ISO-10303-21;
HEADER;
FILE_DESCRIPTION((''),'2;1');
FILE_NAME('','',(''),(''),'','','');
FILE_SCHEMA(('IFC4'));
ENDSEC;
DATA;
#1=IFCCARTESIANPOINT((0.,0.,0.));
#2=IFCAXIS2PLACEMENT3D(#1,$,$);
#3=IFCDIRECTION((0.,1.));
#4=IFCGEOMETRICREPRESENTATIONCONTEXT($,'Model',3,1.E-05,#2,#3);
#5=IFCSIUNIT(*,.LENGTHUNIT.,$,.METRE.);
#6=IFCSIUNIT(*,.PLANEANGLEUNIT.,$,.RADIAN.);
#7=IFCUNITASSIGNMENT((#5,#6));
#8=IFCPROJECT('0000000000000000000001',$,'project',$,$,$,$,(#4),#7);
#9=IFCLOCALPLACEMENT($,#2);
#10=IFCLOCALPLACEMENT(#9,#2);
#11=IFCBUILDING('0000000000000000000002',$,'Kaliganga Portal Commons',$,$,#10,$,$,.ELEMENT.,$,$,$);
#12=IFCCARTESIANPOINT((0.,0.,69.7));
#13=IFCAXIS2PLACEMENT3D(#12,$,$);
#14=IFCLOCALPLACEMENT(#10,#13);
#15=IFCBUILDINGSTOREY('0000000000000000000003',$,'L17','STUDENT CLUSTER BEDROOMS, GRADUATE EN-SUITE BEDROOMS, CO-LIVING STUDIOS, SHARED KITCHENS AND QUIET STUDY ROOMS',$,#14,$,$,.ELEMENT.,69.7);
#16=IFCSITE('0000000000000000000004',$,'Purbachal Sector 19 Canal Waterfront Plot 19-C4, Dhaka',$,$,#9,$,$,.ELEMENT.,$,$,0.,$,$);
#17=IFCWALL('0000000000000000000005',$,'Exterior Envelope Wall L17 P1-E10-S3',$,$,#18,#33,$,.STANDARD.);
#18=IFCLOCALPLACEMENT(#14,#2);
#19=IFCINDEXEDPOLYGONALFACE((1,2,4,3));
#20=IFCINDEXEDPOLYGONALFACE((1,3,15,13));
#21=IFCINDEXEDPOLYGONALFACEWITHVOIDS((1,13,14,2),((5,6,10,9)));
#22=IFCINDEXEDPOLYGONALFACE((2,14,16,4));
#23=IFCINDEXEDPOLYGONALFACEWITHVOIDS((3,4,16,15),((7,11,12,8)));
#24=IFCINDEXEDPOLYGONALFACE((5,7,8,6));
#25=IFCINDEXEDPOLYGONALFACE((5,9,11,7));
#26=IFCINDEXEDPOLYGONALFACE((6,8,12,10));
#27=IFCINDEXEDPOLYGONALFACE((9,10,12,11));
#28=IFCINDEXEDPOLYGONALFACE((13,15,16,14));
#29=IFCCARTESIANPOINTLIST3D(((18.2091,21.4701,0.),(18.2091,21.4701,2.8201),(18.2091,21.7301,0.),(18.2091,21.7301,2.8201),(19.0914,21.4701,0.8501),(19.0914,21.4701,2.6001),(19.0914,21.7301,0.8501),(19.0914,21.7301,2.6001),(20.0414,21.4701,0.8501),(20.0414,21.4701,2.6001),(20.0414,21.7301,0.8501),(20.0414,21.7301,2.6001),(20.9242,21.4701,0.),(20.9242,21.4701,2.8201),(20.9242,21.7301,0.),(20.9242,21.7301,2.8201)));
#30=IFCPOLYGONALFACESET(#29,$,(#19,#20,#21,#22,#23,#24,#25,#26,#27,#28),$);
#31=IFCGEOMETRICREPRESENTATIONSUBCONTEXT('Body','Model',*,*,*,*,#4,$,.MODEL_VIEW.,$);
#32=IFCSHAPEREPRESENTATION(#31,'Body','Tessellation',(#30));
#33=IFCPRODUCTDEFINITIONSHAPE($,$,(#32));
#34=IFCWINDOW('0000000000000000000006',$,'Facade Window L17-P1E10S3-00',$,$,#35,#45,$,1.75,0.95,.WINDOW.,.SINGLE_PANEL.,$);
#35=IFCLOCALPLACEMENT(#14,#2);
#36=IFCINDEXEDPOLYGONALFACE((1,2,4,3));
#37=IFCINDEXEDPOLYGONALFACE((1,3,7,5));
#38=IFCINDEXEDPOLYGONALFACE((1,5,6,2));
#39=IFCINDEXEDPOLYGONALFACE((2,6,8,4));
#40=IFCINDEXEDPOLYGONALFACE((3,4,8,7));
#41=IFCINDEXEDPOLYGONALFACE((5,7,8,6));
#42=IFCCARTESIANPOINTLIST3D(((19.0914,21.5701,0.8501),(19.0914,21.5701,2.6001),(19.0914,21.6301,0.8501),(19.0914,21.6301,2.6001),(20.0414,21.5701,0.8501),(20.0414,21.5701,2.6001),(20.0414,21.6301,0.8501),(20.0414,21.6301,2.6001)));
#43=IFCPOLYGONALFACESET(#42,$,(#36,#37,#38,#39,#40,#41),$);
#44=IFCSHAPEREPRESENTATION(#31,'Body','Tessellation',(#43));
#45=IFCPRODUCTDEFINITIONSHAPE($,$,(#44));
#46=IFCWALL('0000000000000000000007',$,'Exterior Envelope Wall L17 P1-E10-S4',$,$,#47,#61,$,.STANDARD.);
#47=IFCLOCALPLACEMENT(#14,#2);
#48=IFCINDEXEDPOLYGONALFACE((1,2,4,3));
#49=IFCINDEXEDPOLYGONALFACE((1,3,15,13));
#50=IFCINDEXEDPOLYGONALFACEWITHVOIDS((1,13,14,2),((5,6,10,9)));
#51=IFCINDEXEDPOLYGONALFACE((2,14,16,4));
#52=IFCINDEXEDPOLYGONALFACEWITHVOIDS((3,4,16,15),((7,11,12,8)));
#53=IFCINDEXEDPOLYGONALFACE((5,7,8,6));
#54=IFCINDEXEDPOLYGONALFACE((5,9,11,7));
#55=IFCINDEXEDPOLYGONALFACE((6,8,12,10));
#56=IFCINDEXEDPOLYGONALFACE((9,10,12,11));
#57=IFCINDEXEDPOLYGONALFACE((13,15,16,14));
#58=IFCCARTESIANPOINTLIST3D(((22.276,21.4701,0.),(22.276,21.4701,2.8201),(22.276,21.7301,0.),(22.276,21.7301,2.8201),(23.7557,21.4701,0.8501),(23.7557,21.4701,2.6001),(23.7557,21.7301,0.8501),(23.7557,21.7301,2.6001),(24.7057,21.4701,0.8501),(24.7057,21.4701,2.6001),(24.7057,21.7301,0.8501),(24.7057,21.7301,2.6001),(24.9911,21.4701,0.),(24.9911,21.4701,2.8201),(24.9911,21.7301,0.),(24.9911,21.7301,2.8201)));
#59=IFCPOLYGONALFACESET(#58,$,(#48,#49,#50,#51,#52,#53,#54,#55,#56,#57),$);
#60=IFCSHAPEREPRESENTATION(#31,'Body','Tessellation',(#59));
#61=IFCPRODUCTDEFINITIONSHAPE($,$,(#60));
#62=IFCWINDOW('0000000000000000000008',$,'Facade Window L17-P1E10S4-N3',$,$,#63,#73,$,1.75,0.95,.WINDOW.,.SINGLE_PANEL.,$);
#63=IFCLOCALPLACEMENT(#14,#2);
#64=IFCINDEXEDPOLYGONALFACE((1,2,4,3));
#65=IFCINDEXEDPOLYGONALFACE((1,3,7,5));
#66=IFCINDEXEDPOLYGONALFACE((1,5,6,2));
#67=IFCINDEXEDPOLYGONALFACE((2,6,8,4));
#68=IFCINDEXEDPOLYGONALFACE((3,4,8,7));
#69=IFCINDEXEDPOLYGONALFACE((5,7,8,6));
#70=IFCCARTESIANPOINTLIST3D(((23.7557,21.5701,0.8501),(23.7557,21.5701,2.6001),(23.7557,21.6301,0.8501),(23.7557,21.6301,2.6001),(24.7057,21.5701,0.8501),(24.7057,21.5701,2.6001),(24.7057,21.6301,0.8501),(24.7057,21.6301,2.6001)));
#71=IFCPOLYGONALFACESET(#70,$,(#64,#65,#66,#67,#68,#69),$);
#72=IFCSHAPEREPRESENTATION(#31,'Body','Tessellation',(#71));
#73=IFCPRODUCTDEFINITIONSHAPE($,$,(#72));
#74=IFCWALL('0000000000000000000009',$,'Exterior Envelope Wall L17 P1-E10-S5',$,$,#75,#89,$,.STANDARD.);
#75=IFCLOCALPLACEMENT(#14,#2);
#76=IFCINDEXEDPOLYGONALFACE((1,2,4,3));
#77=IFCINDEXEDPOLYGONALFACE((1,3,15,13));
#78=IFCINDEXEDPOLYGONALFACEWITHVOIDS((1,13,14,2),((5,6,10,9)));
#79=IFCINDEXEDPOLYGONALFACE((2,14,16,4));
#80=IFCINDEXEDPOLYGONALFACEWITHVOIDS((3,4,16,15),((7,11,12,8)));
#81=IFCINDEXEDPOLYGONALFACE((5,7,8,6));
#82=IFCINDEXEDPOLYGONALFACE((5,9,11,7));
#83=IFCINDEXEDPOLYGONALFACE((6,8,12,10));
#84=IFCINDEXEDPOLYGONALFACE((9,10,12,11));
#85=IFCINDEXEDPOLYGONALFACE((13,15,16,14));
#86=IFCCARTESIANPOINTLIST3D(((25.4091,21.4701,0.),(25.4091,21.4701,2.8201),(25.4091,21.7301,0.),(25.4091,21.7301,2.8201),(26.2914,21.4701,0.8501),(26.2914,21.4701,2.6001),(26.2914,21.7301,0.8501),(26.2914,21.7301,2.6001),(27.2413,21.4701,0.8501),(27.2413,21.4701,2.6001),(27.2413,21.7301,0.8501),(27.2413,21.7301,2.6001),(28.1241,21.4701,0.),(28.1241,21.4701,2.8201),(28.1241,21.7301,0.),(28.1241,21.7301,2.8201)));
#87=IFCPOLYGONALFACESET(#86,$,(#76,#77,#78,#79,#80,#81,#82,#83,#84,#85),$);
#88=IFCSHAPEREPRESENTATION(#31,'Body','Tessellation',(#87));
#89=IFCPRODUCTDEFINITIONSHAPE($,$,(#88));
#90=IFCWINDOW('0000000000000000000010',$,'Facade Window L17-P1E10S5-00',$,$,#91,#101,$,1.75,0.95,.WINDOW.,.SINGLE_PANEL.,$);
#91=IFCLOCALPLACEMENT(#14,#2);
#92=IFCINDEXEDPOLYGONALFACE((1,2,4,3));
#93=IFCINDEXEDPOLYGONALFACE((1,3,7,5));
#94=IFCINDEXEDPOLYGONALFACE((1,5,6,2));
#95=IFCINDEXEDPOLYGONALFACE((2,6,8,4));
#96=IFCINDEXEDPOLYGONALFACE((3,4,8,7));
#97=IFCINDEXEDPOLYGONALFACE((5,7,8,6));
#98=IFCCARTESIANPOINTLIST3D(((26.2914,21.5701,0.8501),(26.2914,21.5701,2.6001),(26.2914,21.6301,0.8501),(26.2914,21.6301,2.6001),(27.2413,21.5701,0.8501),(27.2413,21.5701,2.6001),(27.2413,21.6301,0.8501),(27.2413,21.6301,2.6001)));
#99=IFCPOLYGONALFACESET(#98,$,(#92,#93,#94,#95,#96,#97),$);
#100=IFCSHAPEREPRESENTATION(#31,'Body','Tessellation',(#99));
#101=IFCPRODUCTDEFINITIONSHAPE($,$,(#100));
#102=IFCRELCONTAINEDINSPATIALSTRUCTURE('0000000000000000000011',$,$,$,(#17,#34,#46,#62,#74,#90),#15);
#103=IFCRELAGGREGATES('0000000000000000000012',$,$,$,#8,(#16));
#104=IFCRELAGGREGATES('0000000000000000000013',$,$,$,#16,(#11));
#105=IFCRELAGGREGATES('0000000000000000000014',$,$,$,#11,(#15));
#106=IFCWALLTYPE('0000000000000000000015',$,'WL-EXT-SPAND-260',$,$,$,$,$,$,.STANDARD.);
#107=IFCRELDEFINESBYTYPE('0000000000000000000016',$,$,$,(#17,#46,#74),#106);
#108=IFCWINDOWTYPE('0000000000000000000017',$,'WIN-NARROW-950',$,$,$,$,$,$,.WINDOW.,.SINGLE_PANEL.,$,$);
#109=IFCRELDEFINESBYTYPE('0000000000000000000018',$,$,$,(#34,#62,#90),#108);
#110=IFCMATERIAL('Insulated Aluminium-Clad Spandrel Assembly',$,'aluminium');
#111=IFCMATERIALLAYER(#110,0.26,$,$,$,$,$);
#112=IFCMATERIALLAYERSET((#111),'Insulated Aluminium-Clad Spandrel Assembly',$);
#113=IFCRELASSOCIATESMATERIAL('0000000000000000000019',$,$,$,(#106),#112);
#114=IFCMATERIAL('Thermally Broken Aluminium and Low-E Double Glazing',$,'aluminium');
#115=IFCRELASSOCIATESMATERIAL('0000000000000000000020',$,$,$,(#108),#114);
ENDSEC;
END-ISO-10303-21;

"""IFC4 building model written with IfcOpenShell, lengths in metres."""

from ifc_helpers import new_model, si_unit, direction, frame, frame_2d, origin, place, context, subcontext, project, spatial, rectangle, extrude, material, layer, layer_set, type_object, element, fill, save


model = new_model("IFC4")

# Units and contexts
model_context = context("Model", 3, precision=1e-05, world=origin(), true_north=direction((0.0, 1.0)))
body_context = subcontext(model_context, "Body", "Model", "MODEL_VIEW")
ifc_project = project(units=[si_unit("LENGTHUNIT", "METRE"), si_unit("PLANEANGLEUNIT", "RADIAN")], contexts=[model_context])

# Site, building, storey
site_placement = place(None, origin())
site = spatial("IfcSite", under=ifc_project, at=site_placement, Name="Purbachal Sector 19 Canal Waterfront Plot 19-C4, Dhaka", CompositionType="ELEMENT", RefElevation=0.0)
building_placement = place(site_placement, origin())
building = spatial("IfcBuilding", under=site, at=building_placement, Name="Kaliganga Portal Commons", CompositionType="ELEMENT")
storey_placement = place(building_placement, frame((0.0, 0.0, 69.7)))
storey = spatial("IfcBuildingStorey", under=building, at=storey_placement, Name="L17", Description="STUDENT CLUSTER BEDROOMS, GRADUATE EN-SUITE BEDROOMS, CO-LIVING STUDIOS, SHARED KITCHENS AND QUIET STUDY ROOMS", CompositionType="ELEMENT", Elevation=69.7)

# Walls, openings, windows
ifc_material_1 = material(Name="Insulated Aluminium-Clad Spandrel Assembly", Category="aluminium")
ifc_layer_1 = layer(ifc_material_1, 0.26)
ifc_layer_set_1 = layer_set([ifc_layer_1], Name="Insulated Aluminium-Clad Spandrel Assembly")
wall_type_1 = type_object("IfcWallType", Name="WL-EXT-SPAND-260", PredefinedType="STANDARD", material=ifc_layer_set_1)
ifc_material_2 = material(Name="Thermally Broken Aluminium and Low-E Double Glazing", Category="aluminium")
window_type_1 = type_object("IfcWindowType", Name="WIN-NARROW-950", PartitioningType="SINGLE_PANEL", PredefinedType="WINDOW", material=ifc_material_2)
wall_1_placement = place(storey_placement, frame((20.9241, 21.6001, 0.0), z_axis=(0.0, 0.0, 1.0), x_axis=(-1.0, 0.0, 0.0)))
wall_1 = element("IfcWall", 1, at=wall_1_placement, inside=storey, type_object=wall_type_1, Name="Exterior Envelope Wall L17 P1-E10-S3", PredefinedType="STANDARD", context=body_context, shape_type="SweptSolid", body=[
    extrude(rectangle(XDim=2.7151, YDim=0.26, at=frame_2d((1.3574, 0.0))), origin(), (0.0, 0.0, 1.0), 2.8201),
])
opening_1_placement = place(wall_1_placement, frame((0.8826, 0.0, 0.8501)))
opening_1 = element("IfcOpeningElement", 2, at=opening_1_placement, cuts=wall_1, PredefinedType="OPENING", context=body_context, shape_type="SweptSolid", body=[
    extrude(rectangle(XDim=0.95, YDim=1.75, at=frame_2d((0.4751, 0.875))), frame((0.0, 0.1401, 0.0), z_axis=(0.0, -1.0, 0.0), x_axis=(1.0, 0.0, 0.0)), (0.0, 0.0, 1.0), 0.28),
])
window_1_placement = place(opening_1_placement, origin())
window_1 = element("IfcWindow", 3, at=window_1_placement, inside=storey, type_object=window_type_1, Name="Facade Window L17-P1E10S3-00", OverallHeight=1.75, OverallWidth=0.95, PartitioningType="SINGLE_PANEL", PredefinedType="WINDOW", context=body_context, shape_type="SweptSolid", body=[
    extrude(rectangle(XDim=0.95, YDim=1.75, at=frame_2d((0.4751, 0.875))), frame((0.0, 0.03, 0.0), z_axis=(0.0, -1.0, 0.0), x_axis=(1.0, 0.0, 0.0)), (0.0, 0.0, 1.0), 0.0601),
])
fill(opening_1, window_1)
wall_2_placement = place(storey_placement, frame((24.991, 21.6001, 0.0), z_axis=(0.0, 0.0, 1.0), x_axis=(-1.0, 0.0, 0.0)))
wall_2 = element("IfcWall", 4, at=wall_2_placement, inside=storey, type_object=wall_type_1, Name="Exterior Envelope Wall L17 P1-E10-S4", PredefinedType="STANDARD", context=body_context, shape_type="SweptSolid", body=[
    extrude(rectangle(XDim=2.7151, YDim=0.26, at=frame_2d((1.3574, 0.0))), origin(), (0.0, 0.0, 1.0), 2.8201),
])
opening_2_placement = place(wall_2_placement, frame((0.2852, 0.0, 0.8501)))
opening_2 = element("IfcOpeningElement", 5, at=opening_2_placement, cuts=wall_2, PredefinedType="OPENING", context=body_context, shape_type="SweptSolid", body=[
    extrude(rectangle(XDim=0.95, YDim=1.75, at=frame_2d((0.4751, 0.875))), frame((0.0, 0.1401, 0.0), z_axis=(0.0, -1.0, 0.0), x_axis=(1.0, 0.0, 0.0)), (0.0, 0.0, 1.0), 0.28),
])
window_2_placement = place(opening_2_placement, origin())
window_2 = element("IfcWindow", 6, at=window_2_placement, inside=storey, type_object=window_type_1, Name="Facade Window L17-P1E10S4-N3", OverallHeight=1.75, OverallWidth=0.95, PartitioningType="SINGLE_PANEL", PredefinedType="WINDOW", context=body_context, shape_type="SweptSolid", body=[
    extrude(rectangle(XDim=0.95, YDim=1.75, at=frame_2d((0.4751, 0.875))), frame((0.0, 0.03, 0.0), z_axis=(0.0, -1.0, 0.0), x_axis=(1.0, 0.0, 0.0)), (0.0, 0.0, 1.0), 0.0601),
])
fill(opening_2, window_2)
wall_3_placement = place(storey_placement, frame((28.124, 21.6001, 0.0), z_axis=(0.0, 0.0, 1.0), x_axis=(-1.0, 0.0, 0.0)))
wall_3 = element("IfcWall", 7, at=wall_3_placement, inside=storey, type_object=wall_type_1, Name="Exterior Envelope Wall L17 P1-E10-S5", PredefinedType="STANDARD", context=body_context, shape_type="SweptSolid", body=[
    extrude(rectangle(XDim=2.7151, YDim=0.26, at=frame_2d((1.3574, 0.0))), origin(), (0.0, 0.0, 1.0), 2.8201),
])
opening_3_placement = place(wall_3_placement, frame((0.8826, 0.0, 0.8501)))
opening_3 = element("IfcOpeningElement", 8, at=opening_3_placement, cuts=wall_3, PredefinedType="OPENING", context=body_context, shape_type="SweptSolid", body=[
    extrude(rectangle(XDim=0.95, YDim=1.75, at=frame_2d((0.4751, 0.875))), frame((0.0, 0.1401, 0.0), z_axis=(0.0, -1.0, 0.0), x_axis=(1.0, 0.0, 0.0)), (0.0, 0.0, 1.0), 0.28),
])
window_3_placement = place(opening_3_placement, origin())
window_3 = element("IfcWindow", 9, at=window_3_placement, inside=storey, type_object=window_type_1, Name="Facade Window L17-P1E10S5-00", OverallHeight=1.75, OverallWidth=0.95, PartitioningType="SINGLE_PANEL", PredefinedType="WINDOW", context=body_context, shape_type="SweptSolid", body=[
    extrude(rectangle(XDim=0.95, YDim=1.75, at=frame_2d((0.4751, 0.875))), frame((0.0, 0.03, 0.0), z_axis=(0.0, -1.0, 0.0), x_axis=(1.0, 0.0, 0.0)), (0.0, 0.0, 1.0), 0.0601),
])
fill(opening_3, window_3)

save(model, "model.ifc")
